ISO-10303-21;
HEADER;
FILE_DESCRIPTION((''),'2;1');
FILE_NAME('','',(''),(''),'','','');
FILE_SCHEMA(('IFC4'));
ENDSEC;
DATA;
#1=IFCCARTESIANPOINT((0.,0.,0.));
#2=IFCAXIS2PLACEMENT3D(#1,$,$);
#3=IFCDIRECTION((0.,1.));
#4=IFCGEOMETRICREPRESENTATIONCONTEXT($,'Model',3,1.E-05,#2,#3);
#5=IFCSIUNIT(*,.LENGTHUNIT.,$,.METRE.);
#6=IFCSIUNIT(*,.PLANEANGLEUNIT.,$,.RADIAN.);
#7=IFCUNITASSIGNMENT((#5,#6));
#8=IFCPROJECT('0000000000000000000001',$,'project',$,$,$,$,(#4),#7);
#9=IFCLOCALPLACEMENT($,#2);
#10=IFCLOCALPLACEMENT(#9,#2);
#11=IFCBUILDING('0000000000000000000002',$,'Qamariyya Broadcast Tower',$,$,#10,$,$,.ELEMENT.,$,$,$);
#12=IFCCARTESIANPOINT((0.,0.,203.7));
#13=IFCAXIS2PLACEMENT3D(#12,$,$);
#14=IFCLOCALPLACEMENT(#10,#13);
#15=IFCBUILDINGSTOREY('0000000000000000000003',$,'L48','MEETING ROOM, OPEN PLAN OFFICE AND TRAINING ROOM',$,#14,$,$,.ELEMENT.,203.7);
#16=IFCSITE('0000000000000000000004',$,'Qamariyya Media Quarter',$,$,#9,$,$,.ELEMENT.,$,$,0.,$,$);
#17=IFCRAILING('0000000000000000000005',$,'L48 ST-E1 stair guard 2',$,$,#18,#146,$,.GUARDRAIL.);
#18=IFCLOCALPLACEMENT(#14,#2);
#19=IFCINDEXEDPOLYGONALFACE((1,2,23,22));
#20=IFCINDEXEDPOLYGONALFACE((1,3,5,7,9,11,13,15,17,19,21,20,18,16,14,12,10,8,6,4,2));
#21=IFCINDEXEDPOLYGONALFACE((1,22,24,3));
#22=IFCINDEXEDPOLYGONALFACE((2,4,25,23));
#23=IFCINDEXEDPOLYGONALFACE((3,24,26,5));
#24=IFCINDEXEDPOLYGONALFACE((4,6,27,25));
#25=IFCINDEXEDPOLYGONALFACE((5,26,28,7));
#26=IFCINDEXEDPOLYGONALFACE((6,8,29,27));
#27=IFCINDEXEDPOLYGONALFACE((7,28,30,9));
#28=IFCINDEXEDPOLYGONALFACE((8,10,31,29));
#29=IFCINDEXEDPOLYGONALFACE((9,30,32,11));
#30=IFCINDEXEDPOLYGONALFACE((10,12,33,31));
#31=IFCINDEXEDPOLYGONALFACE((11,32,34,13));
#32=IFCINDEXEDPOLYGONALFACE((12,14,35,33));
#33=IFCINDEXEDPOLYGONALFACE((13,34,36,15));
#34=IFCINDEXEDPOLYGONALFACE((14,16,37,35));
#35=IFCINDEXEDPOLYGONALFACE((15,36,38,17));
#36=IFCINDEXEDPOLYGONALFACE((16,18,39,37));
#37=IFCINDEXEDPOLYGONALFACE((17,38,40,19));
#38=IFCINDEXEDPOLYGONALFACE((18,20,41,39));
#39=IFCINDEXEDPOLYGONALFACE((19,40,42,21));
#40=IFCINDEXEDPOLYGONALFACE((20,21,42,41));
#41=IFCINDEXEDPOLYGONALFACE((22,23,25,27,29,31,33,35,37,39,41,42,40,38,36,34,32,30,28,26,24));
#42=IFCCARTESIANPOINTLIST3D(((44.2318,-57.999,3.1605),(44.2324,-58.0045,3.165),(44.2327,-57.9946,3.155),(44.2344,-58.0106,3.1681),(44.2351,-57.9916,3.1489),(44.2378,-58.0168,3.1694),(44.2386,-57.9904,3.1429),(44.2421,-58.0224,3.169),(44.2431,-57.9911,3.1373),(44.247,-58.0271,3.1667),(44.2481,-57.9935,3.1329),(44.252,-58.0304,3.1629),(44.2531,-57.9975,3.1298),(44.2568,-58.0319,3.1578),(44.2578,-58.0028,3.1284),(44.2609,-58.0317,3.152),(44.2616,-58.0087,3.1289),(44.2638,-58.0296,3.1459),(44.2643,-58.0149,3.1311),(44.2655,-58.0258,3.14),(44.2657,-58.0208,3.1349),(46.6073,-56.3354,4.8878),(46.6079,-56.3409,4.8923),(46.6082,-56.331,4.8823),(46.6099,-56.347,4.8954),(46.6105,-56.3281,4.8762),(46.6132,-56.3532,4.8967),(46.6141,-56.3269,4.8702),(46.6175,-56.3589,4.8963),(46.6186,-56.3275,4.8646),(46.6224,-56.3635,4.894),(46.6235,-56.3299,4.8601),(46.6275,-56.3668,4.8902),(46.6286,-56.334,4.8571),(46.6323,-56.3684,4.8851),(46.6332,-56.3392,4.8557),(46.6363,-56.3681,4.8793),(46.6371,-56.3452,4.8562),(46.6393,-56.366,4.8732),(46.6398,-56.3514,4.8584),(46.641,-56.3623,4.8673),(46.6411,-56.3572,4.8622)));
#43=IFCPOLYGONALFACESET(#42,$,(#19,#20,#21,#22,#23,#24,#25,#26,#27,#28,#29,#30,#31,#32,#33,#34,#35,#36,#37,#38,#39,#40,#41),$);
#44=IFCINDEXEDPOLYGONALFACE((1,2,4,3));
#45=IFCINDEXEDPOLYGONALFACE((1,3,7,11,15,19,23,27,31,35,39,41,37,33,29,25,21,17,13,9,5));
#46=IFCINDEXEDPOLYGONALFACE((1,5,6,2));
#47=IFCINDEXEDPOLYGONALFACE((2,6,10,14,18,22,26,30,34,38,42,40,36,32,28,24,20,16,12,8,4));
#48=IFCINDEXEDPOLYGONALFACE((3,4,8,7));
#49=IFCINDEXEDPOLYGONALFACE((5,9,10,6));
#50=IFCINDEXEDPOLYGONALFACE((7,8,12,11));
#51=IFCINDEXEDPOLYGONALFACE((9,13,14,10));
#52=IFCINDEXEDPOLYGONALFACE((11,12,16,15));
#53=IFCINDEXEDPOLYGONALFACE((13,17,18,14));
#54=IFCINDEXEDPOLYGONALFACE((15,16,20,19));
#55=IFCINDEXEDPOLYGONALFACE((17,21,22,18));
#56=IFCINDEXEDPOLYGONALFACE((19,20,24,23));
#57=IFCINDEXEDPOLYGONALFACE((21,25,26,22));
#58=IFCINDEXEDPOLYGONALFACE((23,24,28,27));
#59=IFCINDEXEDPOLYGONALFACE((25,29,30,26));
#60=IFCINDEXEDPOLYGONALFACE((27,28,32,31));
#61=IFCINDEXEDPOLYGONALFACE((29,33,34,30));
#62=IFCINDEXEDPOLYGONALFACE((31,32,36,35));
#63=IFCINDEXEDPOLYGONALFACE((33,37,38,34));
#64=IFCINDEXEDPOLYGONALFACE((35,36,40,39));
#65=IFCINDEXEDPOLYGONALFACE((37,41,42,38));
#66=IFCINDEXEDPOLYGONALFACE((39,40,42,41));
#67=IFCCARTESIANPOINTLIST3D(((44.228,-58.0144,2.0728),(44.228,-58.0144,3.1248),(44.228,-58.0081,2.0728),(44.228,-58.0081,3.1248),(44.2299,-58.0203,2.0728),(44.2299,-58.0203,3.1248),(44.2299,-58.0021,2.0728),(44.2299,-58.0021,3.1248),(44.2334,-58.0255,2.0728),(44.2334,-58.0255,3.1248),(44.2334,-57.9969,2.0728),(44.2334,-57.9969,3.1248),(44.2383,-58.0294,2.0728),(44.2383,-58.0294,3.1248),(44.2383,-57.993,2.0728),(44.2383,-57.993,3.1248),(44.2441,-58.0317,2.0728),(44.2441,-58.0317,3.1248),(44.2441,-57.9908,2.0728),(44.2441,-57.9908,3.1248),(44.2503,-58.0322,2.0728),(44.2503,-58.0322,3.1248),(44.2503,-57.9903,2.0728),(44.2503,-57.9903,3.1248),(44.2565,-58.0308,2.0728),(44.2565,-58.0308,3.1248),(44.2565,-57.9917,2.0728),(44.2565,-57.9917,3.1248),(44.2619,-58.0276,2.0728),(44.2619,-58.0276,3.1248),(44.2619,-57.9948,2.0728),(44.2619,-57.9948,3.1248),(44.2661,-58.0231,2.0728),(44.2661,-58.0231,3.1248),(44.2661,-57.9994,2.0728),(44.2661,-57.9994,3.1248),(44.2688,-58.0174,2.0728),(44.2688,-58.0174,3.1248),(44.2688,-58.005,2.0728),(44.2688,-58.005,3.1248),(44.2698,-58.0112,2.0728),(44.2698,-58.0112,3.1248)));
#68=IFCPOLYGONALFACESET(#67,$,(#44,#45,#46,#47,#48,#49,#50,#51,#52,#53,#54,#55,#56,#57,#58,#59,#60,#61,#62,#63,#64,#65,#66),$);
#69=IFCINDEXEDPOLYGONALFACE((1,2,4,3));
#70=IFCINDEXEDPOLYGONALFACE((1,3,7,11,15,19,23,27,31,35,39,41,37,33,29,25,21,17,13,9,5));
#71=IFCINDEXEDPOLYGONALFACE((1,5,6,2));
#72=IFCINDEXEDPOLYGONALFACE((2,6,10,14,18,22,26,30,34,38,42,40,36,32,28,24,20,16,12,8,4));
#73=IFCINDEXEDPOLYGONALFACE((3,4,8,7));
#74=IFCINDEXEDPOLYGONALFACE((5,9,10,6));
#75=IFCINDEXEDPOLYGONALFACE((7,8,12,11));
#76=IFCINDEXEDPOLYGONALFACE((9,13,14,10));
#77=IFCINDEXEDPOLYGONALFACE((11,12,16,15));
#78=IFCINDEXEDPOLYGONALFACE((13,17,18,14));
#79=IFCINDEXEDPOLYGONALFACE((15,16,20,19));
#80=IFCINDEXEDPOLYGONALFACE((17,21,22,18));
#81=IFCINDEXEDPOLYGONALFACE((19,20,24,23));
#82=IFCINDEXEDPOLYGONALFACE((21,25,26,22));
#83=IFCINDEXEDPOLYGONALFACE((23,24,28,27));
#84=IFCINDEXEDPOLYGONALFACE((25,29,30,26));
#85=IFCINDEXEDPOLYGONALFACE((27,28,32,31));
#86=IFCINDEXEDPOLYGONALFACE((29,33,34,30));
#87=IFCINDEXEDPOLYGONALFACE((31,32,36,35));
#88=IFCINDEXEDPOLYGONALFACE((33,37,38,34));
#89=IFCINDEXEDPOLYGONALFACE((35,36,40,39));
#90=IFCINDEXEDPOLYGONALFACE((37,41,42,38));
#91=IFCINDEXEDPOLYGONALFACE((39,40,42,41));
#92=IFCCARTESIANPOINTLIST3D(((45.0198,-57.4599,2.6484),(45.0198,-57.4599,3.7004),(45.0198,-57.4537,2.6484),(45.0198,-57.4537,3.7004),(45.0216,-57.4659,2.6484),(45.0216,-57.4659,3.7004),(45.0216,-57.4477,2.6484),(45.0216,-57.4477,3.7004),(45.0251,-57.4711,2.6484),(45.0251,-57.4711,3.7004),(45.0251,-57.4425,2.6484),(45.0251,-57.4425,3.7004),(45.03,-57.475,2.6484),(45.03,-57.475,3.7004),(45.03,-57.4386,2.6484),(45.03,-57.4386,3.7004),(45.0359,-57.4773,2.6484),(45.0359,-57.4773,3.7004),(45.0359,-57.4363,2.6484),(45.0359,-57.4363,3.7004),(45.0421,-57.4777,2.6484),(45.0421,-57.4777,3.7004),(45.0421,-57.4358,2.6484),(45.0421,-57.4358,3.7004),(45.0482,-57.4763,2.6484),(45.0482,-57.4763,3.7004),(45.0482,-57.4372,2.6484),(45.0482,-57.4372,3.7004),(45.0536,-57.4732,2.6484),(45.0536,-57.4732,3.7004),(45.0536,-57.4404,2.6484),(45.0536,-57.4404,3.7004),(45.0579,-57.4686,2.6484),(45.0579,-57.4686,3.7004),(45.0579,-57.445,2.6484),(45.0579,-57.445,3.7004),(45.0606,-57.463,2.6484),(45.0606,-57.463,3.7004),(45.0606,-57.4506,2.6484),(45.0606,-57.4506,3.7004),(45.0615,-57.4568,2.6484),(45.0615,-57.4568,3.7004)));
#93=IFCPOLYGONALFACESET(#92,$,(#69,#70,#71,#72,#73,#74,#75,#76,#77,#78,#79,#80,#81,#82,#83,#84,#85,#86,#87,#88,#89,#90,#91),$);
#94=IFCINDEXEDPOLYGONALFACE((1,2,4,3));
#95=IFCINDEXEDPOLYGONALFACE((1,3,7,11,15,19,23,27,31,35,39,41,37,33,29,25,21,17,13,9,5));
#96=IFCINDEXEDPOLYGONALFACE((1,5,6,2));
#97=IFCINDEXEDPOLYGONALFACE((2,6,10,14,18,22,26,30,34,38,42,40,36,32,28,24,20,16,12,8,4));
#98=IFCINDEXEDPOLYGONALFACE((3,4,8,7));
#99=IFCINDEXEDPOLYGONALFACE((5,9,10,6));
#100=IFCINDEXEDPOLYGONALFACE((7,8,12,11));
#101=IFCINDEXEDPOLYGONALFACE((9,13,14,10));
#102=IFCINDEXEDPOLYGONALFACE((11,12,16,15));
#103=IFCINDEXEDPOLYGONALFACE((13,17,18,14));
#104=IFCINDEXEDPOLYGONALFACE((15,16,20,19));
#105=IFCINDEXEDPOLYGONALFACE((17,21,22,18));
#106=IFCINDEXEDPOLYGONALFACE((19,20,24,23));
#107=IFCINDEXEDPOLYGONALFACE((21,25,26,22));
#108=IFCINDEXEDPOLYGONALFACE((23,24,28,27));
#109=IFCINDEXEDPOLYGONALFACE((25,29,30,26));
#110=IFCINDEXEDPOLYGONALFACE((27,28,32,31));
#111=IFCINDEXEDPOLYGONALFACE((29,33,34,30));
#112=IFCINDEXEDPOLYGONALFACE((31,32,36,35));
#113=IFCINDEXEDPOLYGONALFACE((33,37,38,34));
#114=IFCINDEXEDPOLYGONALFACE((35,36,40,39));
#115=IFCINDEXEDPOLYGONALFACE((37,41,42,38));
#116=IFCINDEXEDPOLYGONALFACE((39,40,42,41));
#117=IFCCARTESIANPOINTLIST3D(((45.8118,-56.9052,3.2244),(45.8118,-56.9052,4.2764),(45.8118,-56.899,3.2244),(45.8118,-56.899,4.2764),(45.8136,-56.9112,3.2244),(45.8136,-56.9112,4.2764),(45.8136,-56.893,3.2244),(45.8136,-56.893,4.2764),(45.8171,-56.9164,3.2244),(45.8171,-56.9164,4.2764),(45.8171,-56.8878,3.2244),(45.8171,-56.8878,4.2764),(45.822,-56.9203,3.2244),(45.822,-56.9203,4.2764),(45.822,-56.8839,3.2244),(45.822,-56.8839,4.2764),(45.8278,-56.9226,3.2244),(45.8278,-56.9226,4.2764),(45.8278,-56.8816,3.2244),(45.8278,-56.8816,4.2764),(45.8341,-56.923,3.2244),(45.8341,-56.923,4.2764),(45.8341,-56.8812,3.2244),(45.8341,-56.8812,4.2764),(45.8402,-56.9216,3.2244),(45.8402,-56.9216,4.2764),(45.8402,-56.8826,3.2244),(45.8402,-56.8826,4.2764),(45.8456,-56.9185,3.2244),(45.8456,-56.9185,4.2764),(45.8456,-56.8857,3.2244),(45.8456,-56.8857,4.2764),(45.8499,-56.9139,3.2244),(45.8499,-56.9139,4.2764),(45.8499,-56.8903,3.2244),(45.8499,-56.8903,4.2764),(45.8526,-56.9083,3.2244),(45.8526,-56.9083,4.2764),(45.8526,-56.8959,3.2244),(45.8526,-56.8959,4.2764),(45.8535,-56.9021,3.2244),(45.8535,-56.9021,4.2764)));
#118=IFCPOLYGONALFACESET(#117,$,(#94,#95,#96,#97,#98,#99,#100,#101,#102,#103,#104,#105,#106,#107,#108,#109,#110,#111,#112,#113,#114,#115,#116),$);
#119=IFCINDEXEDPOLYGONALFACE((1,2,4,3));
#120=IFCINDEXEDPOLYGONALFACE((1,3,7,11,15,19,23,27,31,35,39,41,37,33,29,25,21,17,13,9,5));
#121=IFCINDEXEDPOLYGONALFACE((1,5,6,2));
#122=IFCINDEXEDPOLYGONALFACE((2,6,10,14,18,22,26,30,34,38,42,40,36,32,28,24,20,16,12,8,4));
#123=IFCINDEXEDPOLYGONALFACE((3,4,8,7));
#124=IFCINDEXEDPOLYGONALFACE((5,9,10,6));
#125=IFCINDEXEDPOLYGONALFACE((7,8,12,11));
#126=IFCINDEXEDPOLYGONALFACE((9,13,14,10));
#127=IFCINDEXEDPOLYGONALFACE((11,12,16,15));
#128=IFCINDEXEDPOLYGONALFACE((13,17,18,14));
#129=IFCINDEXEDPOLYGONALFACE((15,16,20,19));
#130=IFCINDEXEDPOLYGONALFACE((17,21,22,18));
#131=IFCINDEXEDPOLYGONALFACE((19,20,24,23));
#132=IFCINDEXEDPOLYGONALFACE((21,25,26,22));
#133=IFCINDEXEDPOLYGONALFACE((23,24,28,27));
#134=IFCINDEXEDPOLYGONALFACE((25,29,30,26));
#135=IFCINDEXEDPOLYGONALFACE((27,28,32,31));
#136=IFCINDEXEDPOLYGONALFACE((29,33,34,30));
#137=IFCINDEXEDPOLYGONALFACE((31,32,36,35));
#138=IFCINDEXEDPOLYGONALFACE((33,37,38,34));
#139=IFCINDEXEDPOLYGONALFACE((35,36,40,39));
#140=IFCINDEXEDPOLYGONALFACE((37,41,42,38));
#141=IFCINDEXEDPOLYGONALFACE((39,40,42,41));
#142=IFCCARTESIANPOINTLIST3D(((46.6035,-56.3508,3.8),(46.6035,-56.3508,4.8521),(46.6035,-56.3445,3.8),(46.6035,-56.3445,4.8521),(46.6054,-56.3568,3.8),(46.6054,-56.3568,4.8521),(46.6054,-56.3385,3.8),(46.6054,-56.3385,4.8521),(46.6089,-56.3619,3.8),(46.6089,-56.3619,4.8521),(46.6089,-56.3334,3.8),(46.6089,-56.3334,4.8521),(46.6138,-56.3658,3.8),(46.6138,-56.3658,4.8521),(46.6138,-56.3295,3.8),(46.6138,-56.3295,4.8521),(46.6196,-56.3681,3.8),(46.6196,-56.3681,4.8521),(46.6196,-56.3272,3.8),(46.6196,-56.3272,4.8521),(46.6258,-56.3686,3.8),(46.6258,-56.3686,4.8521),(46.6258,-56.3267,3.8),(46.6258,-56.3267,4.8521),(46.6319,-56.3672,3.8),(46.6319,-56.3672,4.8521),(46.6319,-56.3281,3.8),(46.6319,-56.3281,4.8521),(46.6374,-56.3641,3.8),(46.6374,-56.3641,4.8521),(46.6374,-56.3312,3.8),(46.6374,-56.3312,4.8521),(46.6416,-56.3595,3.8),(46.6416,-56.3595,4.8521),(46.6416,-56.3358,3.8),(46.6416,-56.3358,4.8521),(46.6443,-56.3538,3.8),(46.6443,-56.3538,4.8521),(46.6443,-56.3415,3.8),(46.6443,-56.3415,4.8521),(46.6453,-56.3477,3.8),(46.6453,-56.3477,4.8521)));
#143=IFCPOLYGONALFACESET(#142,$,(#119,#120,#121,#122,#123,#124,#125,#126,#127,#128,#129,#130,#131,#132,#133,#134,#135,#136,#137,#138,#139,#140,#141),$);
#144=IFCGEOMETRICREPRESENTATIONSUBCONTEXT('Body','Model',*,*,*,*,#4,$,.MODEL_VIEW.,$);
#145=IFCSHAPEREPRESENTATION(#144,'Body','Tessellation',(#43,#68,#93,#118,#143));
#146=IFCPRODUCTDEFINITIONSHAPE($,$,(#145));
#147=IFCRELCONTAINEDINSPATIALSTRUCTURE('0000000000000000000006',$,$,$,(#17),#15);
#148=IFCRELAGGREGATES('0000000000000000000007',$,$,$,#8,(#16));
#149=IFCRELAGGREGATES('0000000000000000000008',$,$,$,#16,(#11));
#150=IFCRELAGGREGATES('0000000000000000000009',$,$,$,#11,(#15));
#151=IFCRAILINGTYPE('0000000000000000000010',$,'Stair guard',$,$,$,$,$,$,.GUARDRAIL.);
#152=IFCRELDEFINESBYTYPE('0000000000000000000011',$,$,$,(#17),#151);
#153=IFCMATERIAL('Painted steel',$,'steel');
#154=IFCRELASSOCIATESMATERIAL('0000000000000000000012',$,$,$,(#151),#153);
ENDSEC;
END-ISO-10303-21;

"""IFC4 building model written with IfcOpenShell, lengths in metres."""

from ifc_helpers import new_model, si_unit, direction, frame, origin, origin_2d, place, context, subcontext, project, spatial, circle, extrude, material, type_object, element, save


model = new_model("IFC4")

# Units and contexts
model_context = context("Model", 3, precision=1e-05, world=origin(), true_north=direction((0.0, 1.0)))
body_context = subcontext(model_context, "Body", "Model", "MODEL_VIEW")
ifc_project = project(units=[si_unit("LENGTHUNIT", "METRE"), si_unit("PLANEANGLEUNIT", "RADIAN")], contexts=[model_context])

# Site, building, storey
site_placement = place(None, origin())
site = spatial("IfcSite", under=ifc_project, at=site_placement, Name="Qamariyya Media Quarter", CompositionType="ELEMENT", RefElevation=0.0)
building_placement = place(site_placement, origin())
building = spatial("IfcBuilding", under=site, at=building_placement, Name="Qamariyya Broadcast Tower", CompositionType="ELEMENT")
storey_placement = place(building_placement, frame((0.0, 0.0, 203.7)))
storey = spatial("IfcBuildingStorey", under=building, at=storey_placement, Name="L48", Description="MEETING ROOM, OPEN PLAN OFFICE AND TRAINING ROOM", CompositionType="ELEMENT", Elevation=203.7)

# Railing
ifc_material_1 = material(Name="Painted steel", Category="steel")
railing_type_1 = type_object("IfcRailingType", Name="Stair guard", PredefinedType="GUARDRAIL", material=ifc_material_1)
railing_1_placement = place(storey_placement, frame((44.2488, -58.0112, 2.0728)))
element("IfcRailing", 1, at=railing_1_placement, inside=storey, type_object=railing_type_1, Name="L48 ST-E1 stair guard 2", PredefinedType="GUARDRAIL", context=body_context, shape_type="SweptSolid", body=[
    extrude(circle(Radius=0.0239, at=origin_2d()), frame((0.0, 0.0, 1.0762), z_axis=(0.703745, 0.492838, 0.511716), x_axis=(-0.573632, 0.819113, 0.0)), (0.0, 0.0, 1.0), 3.3755),
    extrude(circle(Radius=0.021, at=origin_2d()), origin(), (0.0, 0.0, 1.0), 1.052),
    extrude(circle(Radius=0.021, at=origin_2d()), frame((0.7917, 0.5544, 0.5757)), (0.0, 0.0, 1.0), 1.052),
    extrude(circle(Radius=0.021, at=origin_2d()), frame((1.5837, 1.1091, 1.1516)), (0.0, 0.0, 1.0), 1.052),
    extrude(circle(Radius=0.021, at=origin_2d()), frame((2.3755, 1.6636, 1.7273)), (0.0, 0.0, 1.0), 1.052),
])

save(model, "model.ifc")
